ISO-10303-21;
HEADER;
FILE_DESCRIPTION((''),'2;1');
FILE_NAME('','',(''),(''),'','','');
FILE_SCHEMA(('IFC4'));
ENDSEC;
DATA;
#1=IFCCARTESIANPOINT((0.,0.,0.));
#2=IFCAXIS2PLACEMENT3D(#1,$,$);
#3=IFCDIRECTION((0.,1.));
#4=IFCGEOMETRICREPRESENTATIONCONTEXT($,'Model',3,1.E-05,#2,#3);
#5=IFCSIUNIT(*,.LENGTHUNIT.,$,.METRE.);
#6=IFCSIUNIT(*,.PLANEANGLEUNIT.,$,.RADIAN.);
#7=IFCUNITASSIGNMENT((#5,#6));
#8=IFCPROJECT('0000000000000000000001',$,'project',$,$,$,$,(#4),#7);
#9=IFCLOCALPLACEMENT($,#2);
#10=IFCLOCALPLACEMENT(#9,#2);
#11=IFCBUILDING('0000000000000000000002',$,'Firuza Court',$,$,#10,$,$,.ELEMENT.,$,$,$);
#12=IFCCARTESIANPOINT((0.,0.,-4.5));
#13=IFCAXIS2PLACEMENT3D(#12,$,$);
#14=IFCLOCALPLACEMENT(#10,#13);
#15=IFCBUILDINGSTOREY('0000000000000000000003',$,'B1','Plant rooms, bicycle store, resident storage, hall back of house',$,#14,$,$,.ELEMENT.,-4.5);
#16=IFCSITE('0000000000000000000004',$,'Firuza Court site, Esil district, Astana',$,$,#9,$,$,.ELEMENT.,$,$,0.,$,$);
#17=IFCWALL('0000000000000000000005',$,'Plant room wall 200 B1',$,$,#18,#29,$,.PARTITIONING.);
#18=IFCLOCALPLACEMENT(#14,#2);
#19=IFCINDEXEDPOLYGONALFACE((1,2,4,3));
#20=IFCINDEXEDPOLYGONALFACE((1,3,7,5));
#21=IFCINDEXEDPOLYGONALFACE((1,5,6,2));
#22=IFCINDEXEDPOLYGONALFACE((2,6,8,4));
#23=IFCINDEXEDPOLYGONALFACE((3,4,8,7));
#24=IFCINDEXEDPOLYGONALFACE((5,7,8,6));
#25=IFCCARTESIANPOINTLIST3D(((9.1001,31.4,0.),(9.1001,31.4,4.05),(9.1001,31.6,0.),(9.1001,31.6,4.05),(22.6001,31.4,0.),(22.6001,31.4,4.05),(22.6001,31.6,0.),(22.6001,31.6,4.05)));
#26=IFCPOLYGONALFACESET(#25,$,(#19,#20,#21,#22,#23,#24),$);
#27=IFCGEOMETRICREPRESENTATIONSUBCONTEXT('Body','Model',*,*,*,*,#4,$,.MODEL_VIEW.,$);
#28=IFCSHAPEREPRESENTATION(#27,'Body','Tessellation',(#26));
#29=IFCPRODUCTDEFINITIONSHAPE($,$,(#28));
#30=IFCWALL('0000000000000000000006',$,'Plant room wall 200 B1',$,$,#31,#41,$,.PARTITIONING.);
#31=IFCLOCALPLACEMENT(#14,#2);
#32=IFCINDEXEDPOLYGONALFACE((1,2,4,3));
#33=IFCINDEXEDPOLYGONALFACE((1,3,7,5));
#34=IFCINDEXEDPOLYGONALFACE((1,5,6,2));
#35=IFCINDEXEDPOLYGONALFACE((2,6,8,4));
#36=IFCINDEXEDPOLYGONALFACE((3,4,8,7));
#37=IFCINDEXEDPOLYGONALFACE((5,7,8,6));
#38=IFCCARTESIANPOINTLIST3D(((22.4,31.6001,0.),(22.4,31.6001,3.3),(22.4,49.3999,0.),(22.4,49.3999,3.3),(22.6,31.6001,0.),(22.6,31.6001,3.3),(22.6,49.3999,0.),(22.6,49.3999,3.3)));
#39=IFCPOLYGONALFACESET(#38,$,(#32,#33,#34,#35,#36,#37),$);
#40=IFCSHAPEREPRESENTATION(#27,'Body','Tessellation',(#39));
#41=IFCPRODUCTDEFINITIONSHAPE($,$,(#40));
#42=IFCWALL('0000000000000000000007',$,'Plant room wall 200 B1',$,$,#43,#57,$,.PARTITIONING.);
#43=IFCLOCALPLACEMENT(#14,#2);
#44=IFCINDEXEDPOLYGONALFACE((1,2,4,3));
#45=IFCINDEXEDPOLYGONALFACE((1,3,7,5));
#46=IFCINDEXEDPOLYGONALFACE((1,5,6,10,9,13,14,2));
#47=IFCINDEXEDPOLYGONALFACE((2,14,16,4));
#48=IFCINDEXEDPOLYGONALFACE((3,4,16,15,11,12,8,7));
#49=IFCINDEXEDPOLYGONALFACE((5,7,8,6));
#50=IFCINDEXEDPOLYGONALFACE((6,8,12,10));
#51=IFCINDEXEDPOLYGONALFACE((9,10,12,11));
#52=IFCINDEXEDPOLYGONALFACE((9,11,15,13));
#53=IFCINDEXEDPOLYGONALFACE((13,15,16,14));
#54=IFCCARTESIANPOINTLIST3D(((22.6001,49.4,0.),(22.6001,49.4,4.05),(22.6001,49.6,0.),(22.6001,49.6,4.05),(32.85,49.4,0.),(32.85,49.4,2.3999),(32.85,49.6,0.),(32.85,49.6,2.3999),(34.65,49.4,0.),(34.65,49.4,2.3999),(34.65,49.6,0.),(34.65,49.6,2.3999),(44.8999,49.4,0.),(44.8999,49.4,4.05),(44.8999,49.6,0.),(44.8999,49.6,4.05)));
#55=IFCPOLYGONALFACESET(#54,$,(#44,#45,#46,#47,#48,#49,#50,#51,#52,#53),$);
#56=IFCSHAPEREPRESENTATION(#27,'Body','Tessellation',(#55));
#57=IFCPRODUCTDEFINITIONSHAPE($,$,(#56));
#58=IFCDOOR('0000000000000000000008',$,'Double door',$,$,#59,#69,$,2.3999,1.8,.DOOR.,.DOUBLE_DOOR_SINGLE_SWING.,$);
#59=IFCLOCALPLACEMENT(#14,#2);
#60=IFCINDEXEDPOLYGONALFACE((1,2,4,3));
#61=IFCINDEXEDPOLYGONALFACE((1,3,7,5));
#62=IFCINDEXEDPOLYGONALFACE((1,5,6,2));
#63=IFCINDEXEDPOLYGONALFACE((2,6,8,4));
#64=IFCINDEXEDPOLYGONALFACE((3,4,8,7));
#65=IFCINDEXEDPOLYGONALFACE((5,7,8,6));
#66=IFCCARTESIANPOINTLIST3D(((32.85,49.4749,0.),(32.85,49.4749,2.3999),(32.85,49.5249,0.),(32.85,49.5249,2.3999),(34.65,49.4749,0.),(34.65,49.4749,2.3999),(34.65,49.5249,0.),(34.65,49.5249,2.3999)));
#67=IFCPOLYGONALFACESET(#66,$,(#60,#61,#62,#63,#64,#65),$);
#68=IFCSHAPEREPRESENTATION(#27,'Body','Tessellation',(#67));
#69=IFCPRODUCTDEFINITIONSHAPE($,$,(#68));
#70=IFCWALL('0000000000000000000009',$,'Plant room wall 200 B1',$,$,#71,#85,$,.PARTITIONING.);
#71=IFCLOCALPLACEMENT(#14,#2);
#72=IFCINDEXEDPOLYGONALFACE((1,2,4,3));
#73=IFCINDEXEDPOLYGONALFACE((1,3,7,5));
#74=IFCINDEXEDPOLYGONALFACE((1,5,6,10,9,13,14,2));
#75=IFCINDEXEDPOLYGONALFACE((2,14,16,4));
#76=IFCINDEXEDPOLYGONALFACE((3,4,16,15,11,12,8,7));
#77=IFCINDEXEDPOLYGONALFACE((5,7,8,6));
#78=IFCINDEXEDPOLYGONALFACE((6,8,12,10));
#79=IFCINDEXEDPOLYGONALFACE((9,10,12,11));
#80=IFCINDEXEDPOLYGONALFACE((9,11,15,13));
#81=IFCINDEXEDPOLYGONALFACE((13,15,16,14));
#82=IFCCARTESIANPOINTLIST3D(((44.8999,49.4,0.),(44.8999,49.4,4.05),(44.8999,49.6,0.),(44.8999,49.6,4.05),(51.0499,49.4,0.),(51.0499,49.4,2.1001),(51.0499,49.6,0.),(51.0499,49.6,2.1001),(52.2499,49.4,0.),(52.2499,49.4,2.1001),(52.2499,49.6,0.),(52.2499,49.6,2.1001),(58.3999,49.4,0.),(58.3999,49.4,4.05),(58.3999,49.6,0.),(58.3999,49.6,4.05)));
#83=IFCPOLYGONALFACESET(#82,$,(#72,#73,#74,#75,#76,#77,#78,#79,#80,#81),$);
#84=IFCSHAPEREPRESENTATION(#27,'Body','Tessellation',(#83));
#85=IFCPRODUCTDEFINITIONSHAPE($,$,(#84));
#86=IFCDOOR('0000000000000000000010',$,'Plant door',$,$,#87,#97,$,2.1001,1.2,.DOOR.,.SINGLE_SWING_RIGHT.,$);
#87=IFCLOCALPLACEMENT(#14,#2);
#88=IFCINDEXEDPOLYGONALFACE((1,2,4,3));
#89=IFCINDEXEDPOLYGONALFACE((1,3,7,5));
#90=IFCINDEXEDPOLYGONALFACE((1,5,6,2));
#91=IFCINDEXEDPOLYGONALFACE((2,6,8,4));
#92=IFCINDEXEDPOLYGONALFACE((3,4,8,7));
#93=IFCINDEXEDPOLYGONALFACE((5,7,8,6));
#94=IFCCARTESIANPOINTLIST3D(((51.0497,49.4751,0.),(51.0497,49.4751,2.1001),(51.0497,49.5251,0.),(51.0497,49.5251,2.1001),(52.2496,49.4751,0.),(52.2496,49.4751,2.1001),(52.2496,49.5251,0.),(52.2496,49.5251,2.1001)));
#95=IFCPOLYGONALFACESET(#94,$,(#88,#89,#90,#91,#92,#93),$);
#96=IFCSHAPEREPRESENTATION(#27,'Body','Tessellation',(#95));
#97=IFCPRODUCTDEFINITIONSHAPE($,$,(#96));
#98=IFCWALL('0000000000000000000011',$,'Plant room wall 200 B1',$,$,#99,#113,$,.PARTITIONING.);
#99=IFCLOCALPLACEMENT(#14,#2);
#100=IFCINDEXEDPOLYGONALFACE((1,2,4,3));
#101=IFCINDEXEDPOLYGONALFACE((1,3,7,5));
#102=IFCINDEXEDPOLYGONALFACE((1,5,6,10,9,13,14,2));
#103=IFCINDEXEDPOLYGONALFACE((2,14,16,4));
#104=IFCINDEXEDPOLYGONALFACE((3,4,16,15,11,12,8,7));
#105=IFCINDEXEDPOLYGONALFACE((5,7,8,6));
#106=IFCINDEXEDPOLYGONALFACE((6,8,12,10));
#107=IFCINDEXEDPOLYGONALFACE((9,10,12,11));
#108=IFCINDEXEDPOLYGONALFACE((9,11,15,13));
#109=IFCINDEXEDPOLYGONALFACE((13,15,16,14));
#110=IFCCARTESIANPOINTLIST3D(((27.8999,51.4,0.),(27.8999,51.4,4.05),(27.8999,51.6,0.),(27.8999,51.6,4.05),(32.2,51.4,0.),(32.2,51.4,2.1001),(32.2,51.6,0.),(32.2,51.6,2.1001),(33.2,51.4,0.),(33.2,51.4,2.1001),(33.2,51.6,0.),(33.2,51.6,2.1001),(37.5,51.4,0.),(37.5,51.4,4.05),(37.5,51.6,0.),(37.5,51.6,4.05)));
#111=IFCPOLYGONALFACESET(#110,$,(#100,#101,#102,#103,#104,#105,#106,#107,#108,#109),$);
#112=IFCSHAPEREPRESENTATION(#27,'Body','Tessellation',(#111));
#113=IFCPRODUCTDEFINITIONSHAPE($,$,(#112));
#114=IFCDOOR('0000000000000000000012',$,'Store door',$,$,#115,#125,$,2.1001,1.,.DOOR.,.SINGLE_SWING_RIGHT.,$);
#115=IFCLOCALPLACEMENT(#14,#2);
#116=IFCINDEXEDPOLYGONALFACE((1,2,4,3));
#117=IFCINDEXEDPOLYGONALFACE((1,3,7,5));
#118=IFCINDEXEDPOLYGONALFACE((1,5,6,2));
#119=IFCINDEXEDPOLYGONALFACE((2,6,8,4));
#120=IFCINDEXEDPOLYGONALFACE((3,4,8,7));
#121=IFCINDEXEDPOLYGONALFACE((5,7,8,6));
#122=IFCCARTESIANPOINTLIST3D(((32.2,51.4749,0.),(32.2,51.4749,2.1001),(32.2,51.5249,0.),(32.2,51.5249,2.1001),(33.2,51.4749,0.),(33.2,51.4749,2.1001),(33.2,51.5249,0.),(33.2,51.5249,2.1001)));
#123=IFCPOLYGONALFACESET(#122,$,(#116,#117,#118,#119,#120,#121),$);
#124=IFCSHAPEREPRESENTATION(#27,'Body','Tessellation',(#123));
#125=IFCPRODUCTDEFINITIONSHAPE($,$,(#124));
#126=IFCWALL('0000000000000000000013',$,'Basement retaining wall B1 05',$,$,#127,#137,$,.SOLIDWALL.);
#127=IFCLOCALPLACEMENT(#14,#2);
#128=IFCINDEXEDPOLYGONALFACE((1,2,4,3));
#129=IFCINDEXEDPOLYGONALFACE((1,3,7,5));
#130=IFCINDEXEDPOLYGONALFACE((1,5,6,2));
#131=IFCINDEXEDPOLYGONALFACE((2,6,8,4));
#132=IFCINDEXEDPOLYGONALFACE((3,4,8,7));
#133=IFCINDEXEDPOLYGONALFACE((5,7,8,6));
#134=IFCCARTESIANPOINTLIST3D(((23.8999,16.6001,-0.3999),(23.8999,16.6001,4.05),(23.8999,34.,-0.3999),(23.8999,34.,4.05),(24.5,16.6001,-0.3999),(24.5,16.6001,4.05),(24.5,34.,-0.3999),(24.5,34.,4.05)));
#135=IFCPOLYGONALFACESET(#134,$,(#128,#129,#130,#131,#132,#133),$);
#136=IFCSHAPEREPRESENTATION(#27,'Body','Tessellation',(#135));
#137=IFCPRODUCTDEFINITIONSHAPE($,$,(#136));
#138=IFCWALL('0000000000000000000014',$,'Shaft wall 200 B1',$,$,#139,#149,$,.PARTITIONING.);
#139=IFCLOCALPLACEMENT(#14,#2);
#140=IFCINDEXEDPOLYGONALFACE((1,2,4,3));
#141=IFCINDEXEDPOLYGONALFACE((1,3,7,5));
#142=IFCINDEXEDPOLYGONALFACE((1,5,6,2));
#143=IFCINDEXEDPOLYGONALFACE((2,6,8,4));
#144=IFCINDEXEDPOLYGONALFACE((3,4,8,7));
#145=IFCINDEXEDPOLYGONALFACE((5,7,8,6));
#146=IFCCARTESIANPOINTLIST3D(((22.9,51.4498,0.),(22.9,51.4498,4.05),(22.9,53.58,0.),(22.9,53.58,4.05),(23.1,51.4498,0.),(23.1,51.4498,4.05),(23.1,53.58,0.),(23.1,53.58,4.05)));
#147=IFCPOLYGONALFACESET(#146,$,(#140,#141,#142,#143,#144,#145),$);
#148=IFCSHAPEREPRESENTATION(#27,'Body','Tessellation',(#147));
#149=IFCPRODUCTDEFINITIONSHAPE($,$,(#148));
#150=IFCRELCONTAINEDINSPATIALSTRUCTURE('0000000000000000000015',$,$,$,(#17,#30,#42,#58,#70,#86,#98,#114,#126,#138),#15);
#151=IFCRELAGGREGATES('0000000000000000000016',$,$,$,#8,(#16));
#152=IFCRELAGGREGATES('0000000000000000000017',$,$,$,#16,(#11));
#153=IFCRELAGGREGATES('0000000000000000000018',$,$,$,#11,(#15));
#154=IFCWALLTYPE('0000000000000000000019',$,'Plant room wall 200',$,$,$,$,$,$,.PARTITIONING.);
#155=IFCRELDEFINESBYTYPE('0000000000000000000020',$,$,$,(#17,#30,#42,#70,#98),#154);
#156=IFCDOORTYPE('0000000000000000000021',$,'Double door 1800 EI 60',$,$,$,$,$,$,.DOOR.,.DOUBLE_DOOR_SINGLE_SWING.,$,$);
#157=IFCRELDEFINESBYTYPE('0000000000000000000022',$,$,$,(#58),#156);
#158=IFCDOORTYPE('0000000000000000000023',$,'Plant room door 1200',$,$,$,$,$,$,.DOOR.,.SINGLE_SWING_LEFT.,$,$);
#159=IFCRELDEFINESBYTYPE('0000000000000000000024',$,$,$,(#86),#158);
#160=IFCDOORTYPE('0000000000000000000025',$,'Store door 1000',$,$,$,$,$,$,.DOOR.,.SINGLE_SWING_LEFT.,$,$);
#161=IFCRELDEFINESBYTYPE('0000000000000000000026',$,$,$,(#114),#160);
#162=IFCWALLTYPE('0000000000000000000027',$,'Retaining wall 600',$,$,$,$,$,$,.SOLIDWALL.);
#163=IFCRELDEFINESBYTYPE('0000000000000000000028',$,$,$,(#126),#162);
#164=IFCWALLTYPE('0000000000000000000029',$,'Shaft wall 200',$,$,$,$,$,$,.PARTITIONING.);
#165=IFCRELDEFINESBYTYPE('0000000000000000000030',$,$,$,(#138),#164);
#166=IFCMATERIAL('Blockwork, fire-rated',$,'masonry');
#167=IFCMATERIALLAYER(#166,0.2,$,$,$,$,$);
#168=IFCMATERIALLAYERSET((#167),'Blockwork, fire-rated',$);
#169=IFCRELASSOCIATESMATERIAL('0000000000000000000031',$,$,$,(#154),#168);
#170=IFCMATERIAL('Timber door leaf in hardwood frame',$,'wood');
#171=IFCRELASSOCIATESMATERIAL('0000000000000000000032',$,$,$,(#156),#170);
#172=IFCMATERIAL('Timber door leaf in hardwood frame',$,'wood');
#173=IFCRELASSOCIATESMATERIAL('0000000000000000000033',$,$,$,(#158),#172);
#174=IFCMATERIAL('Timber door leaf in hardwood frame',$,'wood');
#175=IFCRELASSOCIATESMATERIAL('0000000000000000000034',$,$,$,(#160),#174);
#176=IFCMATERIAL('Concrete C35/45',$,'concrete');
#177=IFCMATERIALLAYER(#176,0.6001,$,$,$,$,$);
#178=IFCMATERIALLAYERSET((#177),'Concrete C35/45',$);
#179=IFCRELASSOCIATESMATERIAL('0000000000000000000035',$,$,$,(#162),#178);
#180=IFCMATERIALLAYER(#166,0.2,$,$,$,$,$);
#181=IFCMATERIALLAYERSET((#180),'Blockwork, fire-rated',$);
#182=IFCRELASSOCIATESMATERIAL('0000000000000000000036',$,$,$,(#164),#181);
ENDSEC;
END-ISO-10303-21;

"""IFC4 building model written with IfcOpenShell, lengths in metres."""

from ifc_helpers import new_model, si_unit, direction, frame, frame_2d, origin, place, context, subcontext, project, spatial, rectangle, extrude, material, layer, layer_set, type_object, element, fill, save


model = new_model("IFC4")

# Units and contexts
model_context = context("Model", 3, precision=1e-05, world=origin(), true_north=direction((0.0, 1.0)))
body_context = subcontext(model_context, "Body", "Model", "MODEL_VIEW")
ifc_project = project(units=[si_unit("LENGTHUNIT", "METRE"), si_unit("PLANEANGLEUNIT", "RADIAN")], contexts=[model_context])

# Site, building, storey
site_placement = place(None, origin())
site = spatial("IfcSite", under=ifc_project, at=site_placement, Name="Firuza Court site, Esil district, Astana", CompositionType="ELEMENT", RefElevation=0.0)
building_placement = place(site_placement, origin())
building = spatial("IfcBuilding", under=site, at=building_placement, Name="Firuza Court", CompositionType="ELEMENT")
storey_placement = place(building_placement, frame((0.0, 0.0, -4.5)))
storey = spatial("IfcBuildingStorey", under=building, at=storey_placement, Name="B1", Description="Plant rooms, bicycle store, resident storage, hall back of house", CompositionType="ELEMENT", Elevation=-4.5)

# Shared definitions
ifc_material_1 = material(Name="Concrete C35/45", Category="concrete")

# Walls
ifc_material_2 = material(Name="Blockwork, fire-rated", Category="masonry")
ifc_layer_1 = layer(ifc_material_2, 0.2)
ifc_layer_set_1 = layer_set([ifc_layer_1], Name="Blockwork, fire-rated")
wall_type_1 = type_object("IfcWallType", Name="Plant room wall 200", PredefinedType="PARTITIONING", material=ifc_layer_set_1)
wall_1_placement = place(storey_placement, frame((22.6001, 31.5, 0.0), z_axis=(0.0, 0.0, 1.0), x_axis=(-1.0, 0.0, 0.0)))
element("IfcWall", 1, at=wall_1_placement, inside=storey, type_object=wall_type_1, Name="Plant room wall 200 B1", PredefinedType="PARTITIONING", context=body_context, shape_type="SweptSolid", body=[
    extrude(rectangle(XDim=13.5, YDim=0.2, at=frame_2d((6.75, 0.0))), origin(), (0.0, 0.0, 1.0), 4.05),
])
wall_2_placement = place(storey_placement, frame((22.5, 49.3999, 0.0), z_axis=(0.0, 0.0, 1.0), x_axis=(0.0, -1.0, 0.0)))
element("IfcWall", 2, at=wall_2_placement, inside=storey, type_object=wall_type_1, Name="Plant room wall 200 B1", PredefinedType="PARTITIONING", context=body_context, shape_type="SweptSolid", body=[
    extrude(rectangle(XDim=17.7998, YDim=0.2, at=frame_2d((8.8999, 0.0))), origin(), (0.0, 0.0, 1.0), 3.3),
])

# Walls, openings, doors
wall_3_placement = place(storey_placement, frame((22.6001, 49.5, 0.0), z_axis=(0.0, 0.0, 1.0), x_axis=(1.0, 0.0, 0.0)))
wall_3 = element("IfcWall", 3, at=wall_3_placement, inside=storey, type_object=wall_type_1, Name="Plant room wall 200 B1", PredefinedType="PARTITIONING", context=body_context, shape_type="SweptSolid", body=[
    extrude(rectangle(XDim=22.2998, YDim=0.2, at=frame_2d((11.1499, 0.0))), origin(), (0.0, 0.0, 1.0), 4.05),
])
opening_1_placement = place(wall_3_placement, frame((10.25, 0.0, 0.0)))
opening_1 = element("IfcOpeningElement", 4, at=opening_1_placement, cuts=wall_3, PredefinedType="OPENING", context=body_context, shape_type="SweptSolid", body=[
    extrude(rectangle(XDim=1.8, YDim=2.3999, at=frame_2d((0.8999, 1.2))), frame((0.0, 0.1118, 0.0), z_axis=(0.0, -1.0, 0.0), x_axis=(1.0, 0.0, 0.0)), (0.0, 0.0, 1.0), 0.2239),
])
ifc_material_3 = material(Name="Timber door leaf in hardwood frame", Category="wood")
door_type_1 = type_object("IfcDoorType", Name="Double door 1800 EI 60", OperationType="DOUBLE_DOOR_SINGLE_SWING", PredefinedType="DOOR", material=ifc_material_3)
door_1_placement = place(opening_1_placement, origin())
door_1 = element("IfcDoor", 5, at=door_1_placement, inside=storey, type_object=door_type_1, Name="Double door", OperationType="DOUBLE_DOOR_SINGLE_SWING", OverallHeight=2.3999, OverallWidth=1.8, PredefinedType="DOOR", context=body_context, shape_type="SweptSolid", body=[
    extrude(rectangle(XDim=1.8, YDim=2.3999, at=frame_2d((0.8999, 1.2))), frame((0.0, 0.0249, 0.0), z_axis=(0.0, -1.0, 0.0), x_axis=(1.0, 0.0, 0.0)), (0.0, 0.0, 1.0), 0.05),
])
fill(opening_1, door_1)
wall_4_placement = place(storey_placement, frame((44.8999, 49.5, 0.0), z_axis=(0.0, 0.0, 1.0), x_axis=(1.0, 0.0, 0.0)))
wall_4 = element("IfcWall", 6, at=wall_4_placement, inside=storey, type_object=wall_type_1, Name="Plant room wall 200 B1", PredefinedType="PARTITIONING", context=body_context, shape_type="SweptSolid", body=[
    extrude(rectangle(XDim=13.5, YDim=0.2, at=frame_2d((6.75, 0.0))), origin(), (0.0, 0.0, 1.0), 4.05),
])
opening_2_placement = place(wall_4_placement, frame((6.1499, 0.0, 0.0)))
opening_2 = element("IfcOpeningElement", 7, at=opening_2_placement, cuts=wall_4, PredefinedType="OPENING", context=body_context, shape_type="SweptSolid", body=[
    extrude(rectangle(XDim=1.2, YDim=2.1001, at=frame_2d((0.6001, 1.05))), frame((0.0, 0.1118, 0.0), z_axis=(0.0, -1.0, 0.0), x_axis=(1.0, 0.0, 0.0)), (0.0, 0.0, 1.0), 0.2239),
])
ifc_material_4 = material(Name="Timber door leaf in hardwood frame", Category="wood")
door_type_2 = type_object("IfcDoorType", Name="Plant room door 1200", OperationType="SINGLE_SWING_LEFT", PredefinedType="DOOR", material=ifc_material_4)
door_2_placement = place(opening_2_placement, frame((1.2, 0.0, 0.0), z_axis=(0.0, 0.0, 1.0), x_axis=(-1.0, 0.0, 0.0)))
door_2 = element("IfcDoor", 8, at=door_2_placement, inside=storey, type_object=door_type_2, Name="Plant door", OperationType="SINGLE_SWING_RIGHT", OverallHeight=2.1001, OverallWidth=1.2, PredefinedType="DOOR", context=body_context, shape_type="SweptSolid", body=[
    extrude(rectangle(XDim=1.2, YDim=2.1001, at=frame_2d((0.6001, 1.05))), frame((0.0, 0.0249, 0.0), z_axis=(0.0, -1.0, 0.0), x_axis=(1.0, 0.0, 0.0)), (0.0, 0.0, 1.0), 0.05),
])
fill(opening_2, door_2)
wall_5_placement = place(storey_placement, frame((37.5, 51.5, 0.0), z_axis=(0.0, 0.0, 1.0), x_axis=(-1.0, 0.0, 0.0)))
wall_5 = element("IfcWall", 9, at=wall_5_placement, inside=storey, type_object=wall_type_1, Name="Plant room wall 200 B1", PredefinedType="PARTITIONING", context=body_context, shape_type="SweptSolid", body=[
    extrude(rectangle(XDim=9.6001, YDim=0.2, at=frame_2d((4.8, 0.0))), origin(), (0.0, 0.0, 1.0), 4.05),
])
opening_3_placement = place(wall_5_placement, frame((4.3, 0.0, 0.0)))
opening_3 = element("IfcOpeningElement", 10, at=opening_3_placement, cuts=wall_5, PredefinedType="OPENING", context=body_context, shape_type="SweptSolid", body=[
    extrude(rectangle(XDim=1.0, YDim=2.1001, at=frame_2d((0.5, 1.05))), frame((0.0, 0.1118, 0.0), z_axis=(0.0, -1.0, 0.0), x_axis=(1.0, 0.0, 0.0)), (0.0, 0.0, 1.0), 0.2239),
])
ifc_material_5 = material(Name="Timber door leaf in hardwood frame", Category="wood")
door_type_3 = type_object("IfcDoorType", Name="Store door 1000", OperationType="SINGLE_SWING_LEFT", PredefinedType="DOOR", material=ifc_material_5)
door_3_placement = place(opening_3_placement, frame((1.0, 0.0, 0.0), z_axis=(0.0, 0.0, 1.0), x_axis=(-1.0, 0.0, 0.0)))
door_3 = element("IfcDoor", 11, at=door_3_placement, inside=storey, type_object=door_type_3, Name="Store door", OperationType="SINGLE_SWING_RIGHT", OverallHeight=2.1001, OverallWidth=1.0, PredefinedType="DOOR", context=body_context, shape_type="SweptSolid", body=[
    extrude(rectangle(XDim=1.0, YDim=2.1001, at=frame_2d((0.5, 1.05))), frame((0.0, 0.0249, 0.0), z_axis=(0.0, -1.0, 0.0), x_axis=(1.0, 0.0, 0.0)), (0.0, 0.0, 1.0), 0.05),
])
fill(opening_3, door_3)

# Walls
ifc_layer_2 = layer(ifc_material_1, 0.6001)
ifc_layer_set_2 = layer_set([ifc_layer_2], Name="Concrete C35/45")
wall_type_2 = type_object("IfcWallType", Name="Retaining wall 600", PredefinedType="SOLIDWALL", material=ifc_layer_set_2)
wall_6_placement = place(storey_placement, frame((24.2, 34.0, -0.3999), z_axis=(0.0, 0.0, 1.0), x_axis=(0.0, -1.0, 0.0)))
element("IfcWall", 12, at=wall_6_placement, inside=storey, type_object=wall_type_2, Name="Basement retaining wall B1 05", PredefinedType="SOLIDWALL", context=body_context, shape_type="SweptSolid", body=[
    extrude(rectangle(XDim=17.3999, YDim=0.6001, at=frame_2d((8.7, 0.0))), origin(), (0.0, 0.0, 1.0), 4.45),
])
ifc_layer_3 = layer(ifc_material_2, 0.2)
ifc_layer_set_3 = layer_set([ifc_layer_3], Name="Blockwork, fire-rated")
wall_type_3 = type_object("IfcWallType", Name="Shaft wall 200", PredefinedType="PARTITIONING", material=ifc_layer_set_3)
wall_7_placement = place(storey_placement, frame((23.0, 51.45, 0.0), z_axis=(0.0, 0.0, 1.0), x_axis=(0.0, 1.0, 0.0)))
element("IfcWall", 13, at=wall_7_placement, inside=storey, type_object=wall_type_3, Name="Shaft wall 200 B1", PredefinedType="PARTITIONING", context=body_context, shape_type="SweptSolid", body=[
    extrude(rectangle(XDim=2.1301, YDim=0.2, at=frame_2d((1.0649, 0.0))), origin(), (0.0, 0.0, 1.0), 4.05),
])

save(model, "model.ifc")
